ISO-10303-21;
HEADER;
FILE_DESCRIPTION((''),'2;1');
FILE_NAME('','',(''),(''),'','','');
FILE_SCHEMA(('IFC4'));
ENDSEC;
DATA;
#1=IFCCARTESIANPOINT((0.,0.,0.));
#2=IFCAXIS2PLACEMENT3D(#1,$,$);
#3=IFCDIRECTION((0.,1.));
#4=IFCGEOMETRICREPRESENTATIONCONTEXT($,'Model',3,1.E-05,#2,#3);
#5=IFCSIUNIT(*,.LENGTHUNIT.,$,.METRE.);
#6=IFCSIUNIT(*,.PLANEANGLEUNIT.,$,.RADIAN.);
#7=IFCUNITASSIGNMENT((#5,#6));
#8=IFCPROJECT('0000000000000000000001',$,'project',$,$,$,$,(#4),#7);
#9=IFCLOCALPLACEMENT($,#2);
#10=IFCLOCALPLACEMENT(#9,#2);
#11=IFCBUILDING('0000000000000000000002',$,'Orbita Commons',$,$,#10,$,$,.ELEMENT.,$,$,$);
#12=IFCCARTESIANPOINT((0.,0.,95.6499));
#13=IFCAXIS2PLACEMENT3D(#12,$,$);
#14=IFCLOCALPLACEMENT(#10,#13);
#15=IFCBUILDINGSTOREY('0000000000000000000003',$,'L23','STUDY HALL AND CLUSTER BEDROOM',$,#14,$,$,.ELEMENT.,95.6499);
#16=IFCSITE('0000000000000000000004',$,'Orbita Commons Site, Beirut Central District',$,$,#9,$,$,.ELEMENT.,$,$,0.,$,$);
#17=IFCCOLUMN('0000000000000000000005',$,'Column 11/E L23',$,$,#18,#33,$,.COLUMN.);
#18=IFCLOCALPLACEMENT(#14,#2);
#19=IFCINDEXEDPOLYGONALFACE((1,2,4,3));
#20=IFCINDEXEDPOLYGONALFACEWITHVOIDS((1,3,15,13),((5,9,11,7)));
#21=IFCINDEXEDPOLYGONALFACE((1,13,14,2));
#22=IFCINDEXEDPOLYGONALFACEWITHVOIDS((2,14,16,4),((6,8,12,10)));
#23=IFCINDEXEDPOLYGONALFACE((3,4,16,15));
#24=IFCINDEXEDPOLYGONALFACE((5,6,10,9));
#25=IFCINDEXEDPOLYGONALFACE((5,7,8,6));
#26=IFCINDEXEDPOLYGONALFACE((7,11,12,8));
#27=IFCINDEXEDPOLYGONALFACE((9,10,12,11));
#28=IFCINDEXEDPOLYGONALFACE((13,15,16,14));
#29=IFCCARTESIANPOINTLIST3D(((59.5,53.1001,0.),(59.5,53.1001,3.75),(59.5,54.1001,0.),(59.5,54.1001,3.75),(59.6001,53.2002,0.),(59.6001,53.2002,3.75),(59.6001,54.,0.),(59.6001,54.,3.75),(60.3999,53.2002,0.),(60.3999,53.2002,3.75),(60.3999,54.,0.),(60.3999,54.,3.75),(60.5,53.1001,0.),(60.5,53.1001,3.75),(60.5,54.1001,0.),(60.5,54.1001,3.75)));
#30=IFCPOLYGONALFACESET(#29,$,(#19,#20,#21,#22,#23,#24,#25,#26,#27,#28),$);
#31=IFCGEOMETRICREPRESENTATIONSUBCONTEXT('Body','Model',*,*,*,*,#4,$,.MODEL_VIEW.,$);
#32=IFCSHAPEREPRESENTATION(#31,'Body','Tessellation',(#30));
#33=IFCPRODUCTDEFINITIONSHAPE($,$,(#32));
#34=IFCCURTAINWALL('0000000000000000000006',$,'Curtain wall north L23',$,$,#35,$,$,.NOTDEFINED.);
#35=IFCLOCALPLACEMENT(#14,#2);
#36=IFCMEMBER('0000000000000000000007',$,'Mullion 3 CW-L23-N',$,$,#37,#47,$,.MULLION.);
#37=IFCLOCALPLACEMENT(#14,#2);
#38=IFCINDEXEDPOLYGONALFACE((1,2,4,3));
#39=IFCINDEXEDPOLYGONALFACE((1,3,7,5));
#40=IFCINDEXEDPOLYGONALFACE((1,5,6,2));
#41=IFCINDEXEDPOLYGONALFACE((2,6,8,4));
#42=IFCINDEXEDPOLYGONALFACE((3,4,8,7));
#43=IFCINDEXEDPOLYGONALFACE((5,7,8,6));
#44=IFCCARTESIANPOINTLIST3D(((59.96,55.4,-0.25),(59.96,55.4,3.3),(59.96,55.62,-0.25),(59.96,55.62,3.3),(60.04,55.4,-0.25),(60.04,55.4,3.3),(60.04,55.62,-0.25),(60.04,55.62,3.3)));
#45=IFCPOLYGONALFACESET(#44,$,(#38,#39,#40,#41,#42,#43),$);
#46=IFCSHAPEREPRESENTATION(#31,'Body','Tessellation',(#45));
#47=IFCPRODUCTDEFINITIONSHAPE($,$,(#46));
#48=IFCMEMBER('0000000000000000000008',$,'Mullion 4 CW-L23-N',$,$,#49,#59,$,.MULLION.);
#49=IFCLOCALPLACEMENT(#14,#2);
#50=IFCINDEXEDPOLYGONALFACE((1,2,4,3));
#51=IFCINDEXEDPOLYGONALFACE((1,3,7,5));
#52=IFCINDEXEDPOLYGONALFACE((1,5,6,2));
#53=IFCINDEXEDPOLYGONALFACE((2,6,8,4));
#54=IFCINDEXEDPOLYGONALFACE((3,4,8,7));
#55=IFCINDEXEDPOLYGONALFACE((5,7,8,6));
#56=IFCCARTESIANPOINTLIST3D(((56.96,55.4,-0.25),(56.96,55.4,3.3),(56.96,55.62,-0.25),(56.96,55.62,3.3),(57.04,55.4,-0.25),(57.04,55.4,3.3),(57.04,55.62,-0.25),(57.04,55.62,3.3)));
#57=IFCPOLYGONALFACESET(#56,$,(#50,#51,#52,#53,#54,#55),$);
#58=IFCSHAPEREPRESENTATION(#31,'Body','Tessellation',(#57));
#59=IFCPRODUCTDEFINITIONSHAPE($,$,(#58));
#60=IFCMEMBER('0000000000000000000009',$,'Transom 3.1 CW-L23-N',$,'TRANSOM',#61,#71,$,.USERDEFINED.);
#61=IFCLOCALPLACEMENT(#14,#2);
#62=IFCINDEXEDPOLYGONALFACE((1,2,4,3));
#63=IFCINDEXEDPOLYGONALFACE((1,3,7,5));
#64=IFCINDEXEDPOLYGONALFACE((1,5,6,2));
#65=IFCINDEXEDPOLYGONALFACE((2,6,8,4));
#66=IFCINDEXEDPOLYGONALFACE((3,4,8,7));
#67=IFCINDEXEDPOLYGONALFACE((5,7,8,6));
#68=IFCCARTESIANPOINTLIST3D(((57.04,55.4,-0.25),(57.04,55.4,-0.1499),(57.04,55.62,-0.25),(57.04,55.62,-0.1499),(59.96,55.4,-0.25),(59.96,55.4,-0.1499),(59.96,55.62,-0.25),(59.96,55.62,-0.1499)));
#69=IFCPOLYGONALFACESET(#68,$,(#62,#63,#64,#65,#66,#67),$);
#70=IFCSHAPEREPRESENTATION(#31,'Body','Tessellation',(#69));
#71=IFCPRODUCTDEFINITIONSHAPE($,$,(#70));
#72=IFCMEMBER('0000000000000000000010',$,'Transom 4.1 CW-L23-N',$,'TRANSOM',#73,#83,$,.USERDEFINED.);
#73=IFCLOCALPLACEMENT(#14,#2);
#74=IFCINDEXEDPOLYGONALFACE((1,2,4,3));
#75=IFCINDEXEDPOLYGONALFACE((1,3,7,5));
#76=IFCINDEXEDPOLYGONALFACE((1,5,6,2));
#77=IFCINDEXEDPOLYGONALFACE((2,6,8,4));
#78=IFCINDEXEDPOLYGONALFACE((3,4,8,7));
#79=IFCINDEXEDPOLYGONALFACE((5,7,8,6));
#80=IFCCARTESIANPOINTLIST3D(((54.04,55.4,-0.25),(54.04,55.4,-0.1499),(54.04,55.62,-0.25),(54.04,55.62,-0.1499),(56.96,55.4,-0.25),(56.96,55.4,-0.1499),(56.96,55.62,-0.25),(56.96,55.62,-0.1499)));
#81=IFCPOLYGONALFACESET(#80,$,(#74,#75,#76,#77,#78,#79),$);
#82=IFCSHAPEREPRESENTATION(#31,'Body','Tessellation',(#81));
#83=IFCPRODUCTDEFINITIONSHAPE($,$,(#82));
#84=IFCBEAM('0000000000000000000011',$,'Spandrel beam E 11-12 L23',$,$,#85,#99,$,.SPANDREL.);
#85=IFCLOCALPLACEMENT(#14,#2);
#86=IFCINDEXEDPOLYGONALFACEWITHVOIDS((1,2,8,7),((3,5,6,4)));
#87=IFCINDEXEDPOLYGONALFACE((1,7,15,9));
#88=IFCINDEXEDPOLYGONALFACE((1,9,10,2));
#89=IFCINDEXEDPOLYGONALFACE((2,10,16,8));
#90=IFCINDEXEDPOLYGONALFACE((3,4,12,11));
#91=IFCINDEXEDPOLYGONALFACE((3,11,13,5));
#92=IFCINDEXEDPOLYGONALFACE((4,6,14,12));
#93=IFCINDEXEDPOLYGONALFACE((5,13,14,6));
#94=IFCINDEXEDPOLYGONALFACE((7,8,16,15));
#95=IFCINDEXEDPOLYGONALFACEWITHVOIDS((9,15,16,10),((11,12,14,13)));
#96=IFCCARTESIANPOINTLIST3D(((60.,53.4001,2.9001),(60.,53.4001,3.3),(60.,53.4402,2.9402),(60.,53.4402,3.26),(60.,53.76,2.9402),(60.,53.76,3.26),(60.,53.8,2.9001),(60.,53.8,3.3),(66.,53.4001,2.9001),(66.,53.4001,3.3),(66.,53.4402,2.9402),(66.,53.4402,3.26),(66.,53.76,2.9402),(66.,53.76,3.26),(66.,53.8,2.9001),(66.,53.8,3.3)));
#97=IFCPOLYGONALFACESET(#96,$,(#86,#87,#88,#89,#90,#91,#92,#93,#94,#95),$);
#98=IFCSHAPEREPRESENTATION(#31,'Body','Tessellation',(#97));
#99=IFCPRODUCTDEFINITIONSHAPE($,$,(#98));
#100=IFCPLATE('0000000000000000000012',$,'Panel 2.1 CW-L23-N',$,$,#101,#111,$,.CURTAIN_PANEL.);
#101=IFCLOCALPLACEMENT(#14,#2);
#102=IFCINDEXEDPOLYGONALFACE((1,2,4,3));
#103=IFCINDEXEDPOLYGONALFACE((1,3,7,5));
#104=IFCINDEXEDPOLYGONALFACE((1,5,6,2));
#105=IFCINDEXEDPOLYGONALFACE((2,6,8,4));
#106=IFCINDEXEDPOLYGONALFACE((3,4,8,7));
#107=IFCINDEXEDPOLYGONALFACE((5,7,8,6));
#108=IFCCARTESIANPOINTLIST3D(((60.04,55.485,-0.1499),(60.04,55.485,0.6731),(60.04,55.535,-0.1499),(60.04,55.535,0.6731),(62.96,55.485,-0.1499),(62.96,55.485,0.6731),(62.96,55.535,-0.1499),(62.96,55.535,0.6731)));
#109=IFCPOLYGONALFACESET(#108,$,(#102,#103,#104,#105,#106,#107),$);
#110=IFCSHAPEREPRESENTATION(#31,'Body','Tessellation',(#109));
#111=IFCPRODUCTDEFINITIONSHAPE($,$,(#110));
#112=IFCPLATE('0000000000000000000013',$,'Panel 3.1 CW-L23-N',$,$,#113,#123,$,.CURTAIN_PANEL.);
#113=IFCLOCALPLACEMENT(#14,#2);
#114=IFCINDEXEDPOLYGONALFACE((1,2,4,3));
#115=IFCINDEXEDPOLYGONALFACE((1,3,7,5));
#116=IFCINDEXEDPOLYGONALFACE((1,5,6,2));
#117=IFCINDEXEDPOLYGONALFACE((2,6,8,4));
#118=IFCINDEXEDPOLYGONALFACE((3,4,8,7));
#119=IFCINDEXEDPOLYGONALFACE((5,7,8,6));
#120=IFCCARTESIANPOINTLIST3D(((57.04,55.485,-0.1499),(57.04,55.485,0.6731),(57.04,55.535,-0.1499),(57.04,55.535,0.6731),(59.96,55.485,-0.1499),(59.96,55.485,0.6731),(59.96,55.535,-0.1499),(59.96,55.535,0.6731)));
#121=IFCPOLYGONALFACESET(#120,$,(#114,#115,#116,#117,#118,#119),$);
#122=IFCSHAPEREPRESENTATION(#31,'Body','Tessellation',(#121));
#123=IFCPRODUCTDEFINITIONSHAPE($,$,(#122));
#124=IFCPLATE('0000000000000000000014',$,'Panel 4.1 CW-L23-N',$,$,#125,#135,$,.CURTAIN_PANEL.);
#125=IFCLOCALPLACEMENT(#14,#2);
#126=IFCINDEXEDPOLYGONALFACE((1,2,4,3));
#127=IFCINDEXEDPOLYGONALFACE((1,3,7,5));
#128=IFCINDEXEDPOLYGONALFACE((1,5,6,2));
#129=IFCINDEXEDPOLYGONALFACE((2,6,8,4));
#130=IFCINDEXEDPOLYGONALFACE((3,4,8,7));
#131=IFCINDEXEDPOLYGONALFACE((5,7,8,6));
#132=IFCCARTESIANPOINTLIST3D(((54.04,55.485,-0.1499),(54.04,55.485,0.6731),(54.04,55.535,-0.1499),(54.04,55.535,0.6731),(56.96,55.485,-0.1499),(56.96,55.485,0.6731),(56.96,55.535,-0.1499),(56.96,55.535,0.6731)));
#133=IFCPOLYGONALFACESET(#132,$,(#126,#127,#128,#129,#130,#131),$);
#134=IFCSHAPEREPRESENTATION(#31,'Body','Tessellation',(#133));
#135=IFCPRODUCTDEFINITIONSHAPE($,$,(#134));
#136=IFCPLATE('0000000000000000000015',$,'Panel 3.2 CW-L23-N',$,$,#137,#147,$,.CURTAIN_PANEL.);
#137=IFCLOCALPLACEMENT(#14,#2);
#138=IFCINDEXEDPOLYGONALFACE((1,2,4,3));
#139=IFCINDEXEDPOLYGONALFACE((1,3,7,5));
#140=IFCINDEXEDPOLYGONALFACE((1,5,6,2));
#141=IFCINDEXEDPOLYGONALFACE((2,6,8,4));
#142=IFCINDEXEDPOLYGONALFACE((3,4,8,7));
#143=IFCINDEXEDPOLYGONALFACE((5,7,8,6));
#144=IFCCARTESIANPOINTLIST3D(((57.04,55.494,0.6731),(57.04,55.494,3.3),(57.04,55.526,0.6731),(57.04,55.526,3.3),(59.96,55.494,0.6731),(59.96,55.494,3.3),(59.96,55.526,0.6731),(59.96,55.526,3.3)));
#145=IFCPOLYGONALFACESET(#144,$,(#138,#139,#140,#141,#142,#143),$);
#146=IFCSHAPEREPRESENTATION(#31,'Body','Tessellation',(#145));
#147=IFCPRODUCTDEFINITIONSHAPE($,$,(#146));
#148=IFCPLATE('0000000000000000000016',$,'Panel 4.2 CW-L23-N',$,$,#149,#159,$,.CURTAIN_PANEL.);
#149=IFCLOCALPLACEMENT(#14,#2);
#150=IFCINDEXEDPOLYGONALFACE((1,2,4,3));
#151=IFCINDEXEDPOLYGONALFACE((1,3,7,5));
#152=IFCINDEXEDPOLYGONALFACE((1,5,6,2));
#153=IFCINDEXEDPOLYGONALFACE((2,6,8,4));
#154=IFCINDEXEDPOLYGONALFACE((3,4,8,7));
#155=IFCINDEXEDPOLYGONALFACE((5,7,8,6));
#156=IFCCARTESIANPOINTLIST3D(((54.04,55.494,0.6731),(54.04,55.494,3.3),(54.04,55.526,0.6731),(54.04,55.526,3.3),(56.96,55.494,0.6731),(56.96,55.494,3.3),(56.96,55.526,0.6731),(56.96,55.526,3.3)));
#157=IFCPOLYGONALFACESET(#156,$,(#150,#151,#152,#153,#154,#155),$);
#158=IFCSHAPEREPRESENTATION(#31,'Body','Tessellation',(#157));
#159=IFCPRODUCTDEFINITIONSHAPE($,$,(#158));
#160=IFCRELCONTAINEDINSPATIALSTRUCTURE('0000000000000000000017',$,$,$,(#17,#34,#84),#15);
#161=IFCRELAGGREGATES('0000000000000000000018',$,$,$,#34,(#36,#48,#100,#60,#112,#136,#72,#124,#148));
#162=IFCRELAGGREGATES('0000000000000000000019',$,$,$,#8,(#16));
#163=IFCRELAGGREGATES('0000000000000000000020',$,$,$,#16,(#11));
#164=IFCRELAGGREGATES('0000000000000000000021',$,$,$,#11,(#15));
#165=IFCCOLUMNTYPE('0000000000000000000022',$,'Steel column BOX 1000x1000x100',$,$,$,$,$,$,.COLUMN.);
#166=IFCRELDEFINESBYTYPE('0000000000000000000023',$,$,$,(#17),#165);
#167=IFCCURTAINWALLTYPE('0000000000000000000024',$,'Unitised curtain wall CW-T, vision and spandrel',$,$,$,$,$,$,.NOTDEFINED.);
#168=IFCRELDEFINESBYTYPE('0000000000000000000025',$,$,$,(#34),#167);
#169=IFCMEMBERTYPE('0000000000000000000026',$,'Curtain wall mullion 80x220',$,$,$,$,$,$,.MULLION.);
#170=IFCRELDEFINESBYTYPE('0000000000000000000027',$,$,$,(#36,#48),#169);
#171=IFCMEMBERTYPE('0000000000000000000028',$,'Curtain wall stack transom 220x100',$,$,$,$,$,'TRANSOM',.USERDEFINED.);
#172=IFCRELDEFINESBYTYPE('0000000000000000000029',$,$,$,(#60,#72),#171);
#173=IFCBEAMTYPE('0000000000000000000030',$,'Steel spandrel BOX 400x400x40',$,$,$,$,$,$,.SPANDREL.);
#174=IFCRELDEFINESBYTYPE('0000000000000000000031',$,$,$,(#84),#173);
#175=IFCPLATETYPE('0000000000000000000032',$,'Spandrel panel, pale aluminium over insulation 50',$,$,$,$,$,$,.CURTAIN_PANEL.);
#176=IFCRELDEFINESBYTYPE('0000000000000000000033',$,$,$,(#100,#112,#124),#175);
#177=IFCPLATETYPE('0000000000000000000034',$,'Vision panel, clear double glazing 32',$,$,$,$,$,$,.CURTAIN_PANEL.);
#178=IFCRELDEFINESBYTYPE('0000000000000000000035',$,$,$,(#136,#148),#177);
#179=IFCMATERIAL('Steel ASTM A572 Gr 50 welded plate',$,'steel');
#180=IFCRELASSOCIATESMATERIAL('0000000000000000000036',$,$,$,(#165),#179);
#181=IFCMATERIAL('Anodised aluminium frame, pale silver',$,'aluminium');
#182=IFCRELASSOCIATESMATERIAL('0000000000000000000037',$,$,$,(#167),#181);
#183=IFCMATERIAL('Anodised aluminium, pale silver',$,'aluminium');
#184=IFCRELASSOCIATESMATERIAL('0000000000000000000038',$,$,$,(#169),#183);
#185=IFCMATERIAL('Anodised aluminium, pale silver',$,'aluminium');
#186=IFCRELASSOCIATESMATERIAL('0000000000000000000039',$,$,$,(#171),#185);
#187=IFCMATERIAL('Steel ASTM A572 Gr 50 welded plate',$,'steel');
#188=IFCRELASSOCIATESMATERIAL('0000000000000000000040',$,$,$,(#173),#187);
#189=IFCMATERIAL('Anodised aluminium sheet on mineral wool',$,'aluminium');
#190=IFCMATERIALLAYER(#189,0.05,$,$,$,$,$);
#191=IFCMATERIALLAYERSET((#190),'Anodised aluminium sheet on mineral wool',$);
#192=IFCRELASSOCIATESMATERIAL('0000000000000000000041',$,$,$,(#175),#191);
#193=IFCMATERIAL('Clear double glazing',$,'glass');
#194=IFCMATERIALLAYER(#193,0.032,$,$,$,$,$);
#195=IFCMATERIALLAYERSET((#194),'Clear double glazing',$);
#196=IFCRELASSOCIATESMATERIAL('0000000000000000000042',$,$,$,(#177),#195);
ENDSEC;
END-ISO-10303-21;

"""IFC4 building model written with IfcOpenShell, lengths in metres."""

from ifc_helpers import new_model, si_unit, direction, frame, origin, origin_2d, place, context, subcontext, project, spatial, rectangle, hollow_rectangle, extrude, material, layer, layer_set, material_profile, profile_set, type_object, element, aggregate, save


model = new_model("IFC4")

# Units and contexts
model_context = context("Model", 3, precision=1e-05, world=origin(), true_north=direction((0.0, 1.0)))
body_context = subcontext(model_context, "Body", "Model", "MODEL_VIEW")
ifc_project = project(units=[si_unit("LENGTHUNIT", "METRE"), si_unit("PLANEANGLEUNIT", "RADIAN")], contexts=[model_context])

# Site, building, storey
site_placement = place(None, origin())
site = spatial("IfcSite", under=ifc_project, at=site_placement, Name="Orbita Commons Site, Beirut Central District", CompositionType="ELEMENT", RefElevation=0.0)
building_placement = place(site_placement, origin())
building = spatial("IfcBuilding", under=site, at=building_placement, Name="Orbita Commons", CompositionType="ELEMENT")
storey_placement = place(building_placement, frame((0.0, 0.0, 95.6499)))
storey = spatial("IfcBuildingStorey", under=building, at=storey_placement, Name="L23", Description="STUDY HALL AND CLUSTER BEDROOM", CompositionType="ELEMENT", Elevation=95.6499)

# Column
ifc_material_1 = material(Name="Steel ASTM A572 Gr 50 welded plate", Category="steel")
ifc_material_profile_1 = material_profile(ifc_material_1, hollow_rectangle(XDim=1.0, YDim=1.0, WallThickness=0.1001, at=origin_2d()), Name="BOX 1000x1000x100")
ifc_profile_set_1 = profile_set([ifc_material_profile_1], Name="Steel ASTM A572 Gr 50 welded plate")
column_type = type_object("IfcColumnType", Name="Steel column BOX 1000x1000x100", PredefinedType="COLUMN", material=ifc_profile_set_1)
column_placement = place(storey_placement, frame((60.0, 53.6001, 0.0), z_axis=(0.0, 0.0, 1.0), x_axis=(1.0, 0.0, 0.0)))
element("IfcColumn", 1, at=column_placement, inside=storey, type_object=column_type, Name="Column 11/E L23", PredefinedType="COLUMN", context=body_context, shape_type="SweptSolid", body=[
    extrude(hollow_rectangle(XDim=1.0, YDim=1.0, WallThickness=0.1001, at=origin_2d()), origin(), (0.0, 0.0, 1.0), 3.75),
])

# Curtain wall, members
ifc_material_2 = material(Name="Anodised aluminium frame, pale silver", Category="aluminium")
curtain_wall_type = type_object("IfcCurtainWallType", Name="Unitised curtain wall CW-T, vision and spandrel", PredefinedType="NOTDEFINED", material=ifc_material_2)
curtain_wall_placement = place(storey_placement, origin())
curtain_wall = element("IfcCurtainWall", 2, at=curtain_wall_placement, inside=storey, type_object=curtain_wall_type, Name="Curtain wall north L23", PredefinedType="NOTDEFINED")
ifc_material_3 = material(Name="Anodised aluminium, pale silver", Category="aluminium")
ifc_material_profile_2 = material_profile(ifc_material_3, rectangle(XDim=0.0801, YDim=0.22, at=origin_2d()), Name="AL 80x220")
ifc_profile_set_2 = profile_set([ifc_material_profile_2], Name="Anodised aluminium, pale silver")
member_type_1 = type_object("IfcMemberType", Name="Curtain wall mullion 80x220", PredefinedType="MULLION", material=ifc_profile_set_2)
member_1_placement = place(storey_placement, frame((60.0, 55.51, -0.25), z_axis=(0.0, 0.0, 1.0), x_axis=(-1.0, 0.0, 0.0)))
member_1 = element("IfcMember", 3, at=member_1_placement, type_object=member_type_1, Name="Mullion 3 CW-L23-N", PredefinedType="MULLION", context=body_context, shape_type="SweptSolid", body=[
    extrude(rectangle(XDim=0.0801, YDim=0.22, at=origin_2d()), origin(), (0.0, 0.0, 1.0), 3.55),
])
member_2_placement = place(storey_placement, frame((57.0, 55.51, -0.25), z_axis=(0.0, 0.0, 1.0), x_axis=(-1.0, 0.0, 0.0)))
member_2 = element("IfcMember", 4, at=member_2_placement, type_object=member_type_1, Name="Mullion 4 CW-L23-N", PredefinedType="MULLION", context=body_context, shape_type="SweptSolid", body=[
    extrude(rectangle(XDim=0.0801, YDim=0.22, at=origin_2d()), origin(), (0.0, 0.0, 1.0), 3.55),
])
ifc_material_4 = material(Name="Anodised aluminium, pale silver", Category="aluminium")
ifc_material_profile_3 = material_profile(ifc_material_4, rectangle(XDim=0.22, YDim=0.1001, at=origin_2d()), Name="AL 220x100")
ifc_profile_set_3 = profile_set([ifc_material_profile_3], Name="Anodised aluminium, pale silver")
member_type_2 = type_object("IfcMemberType", Name="Curtain wall stack transom 220x100", ElementType="TRANSOM", PredefinedType="USERDEFINED", material=ifc_profile_set_3)
member_3_placement = place(storey_placement, frame((59.96, 55.51, -0.2), z_axis=(-1.0, 0.0, 0.0), x_axis=(0.0, -1.0, 0.0)))
member_3 = element("IfcMember", 5, at=member_3_placement, type_object=member_type_2, Name="Transom 3.1 CW-L23-N", ObjectType="TRANSOM", PredefinedType="USERDEFINED", context=body_context, shape_type="SweptSolid", body=[
    extrude(rectangle(XDim=0.22, YDim=0.1001, at=origin_2d()), origin(), (0.0, 0.0, 1.0), 2.9199),
])
member_4_placement = place(storey_placement, frame((56.96, 55.51, -0.2), z_axis=(-1.0, 0.0, 0.0), x_axis=(0.0, -1.0, 0.0)))
member_4 = element("IfcMember", 6, at=member_4_placement, type_object=member_type_2, Name="Transom 4.1 CW-L23-N", ObjectType="TRANSOM", PredefinedType="USERDEFINED", context=body_context, shape_type="SweptSolid", body=[
    extrude(rectangle(XDim=0.22, YDim=0.1001, at=origin_2d()), origin(), (0.0, 0.0, 1.0), 2.9199),
])

# Beam
ifc_material_5 = material(Name="Steel ASTM A572 Gr 50 welded plate", Category="steel")
ifc_material_profile_4 = material_profile(ifc_material_5, hollow_rectangle(XDim=0.3999, YDim=0.3999, WallThickness=0.04, at=origin_2d()), Name="BOX 400x400x40")
ifc_profile_set_4 = profile_set([ifc_material_profile_4], Name="Steel ASTM A572 Gr 50 welded plate")
beam_type = type_object("IfcBeamType", Name="Steel spandrel BOX 400x400x40", PredefinedType="SPANDREL", material=ifc_profile_set_4)
beam_placement = place(storey_placement, frame((60.0, 53.6001, 3.1001), z_axis=(1.0, 0.0, 0.0), x_axis=(0.0, 1.0, 0.0)))
element("IfcBeam", 7, at=beam_placement, inside=storey, type_object=beam_type, Name="Spandrel beam E 11-12 L23", PredefinedType="SPANDREL", context=body_context, shape_type="SweptSolid", body=[
    extrude(hollow_rectangle(XDim=0.3999, YDim=0.3999, WallThickness=0.04, at=origin_2d()), origin(), (0.0, 0.0, 1.0), 6.0),
])

# Plates
ifc_material_6 = material(Name="Anodised aluminium sheet on mineral wool", Category="aluminium")
ifc_layer_1 = layer(ifc_material_6, 0.05)
ifc_layer_set_1 = layer_set([ifc_layer_1], Name="Anodised aluminium sheet on mineral wool")
plate_type_1 = type_object("IfcPlateType", Name="Spandrel panel, pale aluminium over insulation 50", PredefinedType="CURTAIN_PANEL", material=ifc_layer_set_1)
plate_1_placement = place(storey_placement, frame((61.5, 55.51, -0.1499), z_axis=(0.0, 0.0, 1.0), x_axis=(-1.0, 0.0, 0.0)))
plate_1 = element("IfcPlate", 8, at=plate_1_placement, type_object=plate_type_1, Name="Panel 2.1 CW-L23-N", PredefinedType="CURTAIN_PANEL", context=body_context, shape_type="SweptSolid", body=[
    extrude(rectangle(XDim=2.9199, YDim=0.05, at=origin_2d()), origin(), (0.0, 0.0, 1.0), 0.823),
])
plate_2_placement = place(storey_placement, frame((58.5, 55.51, -0.1499), z_axis=(0.0, 0.0, 1.0), x_axis=(-1.0, 0.0, 0.0)))
plate_2 = element("IfcPlate", 9, at=plate_2_placement, type_object=plate_type_1, Name="Panel 3.1 CW-L23-N", PredefinedType="CURTAIN_PANEL", context=body_context, shape_type="SweptSolid", body=[
    extrude(rectangle(XDim=2.9199, YDim=0.05, at=origin_2d()), origin(), (0.0, 0.0, 1.0), 0.823),
])
plate_3_placement = place(storey_placement, frame((55.5, 55.51, -0.1499), z_axis=(0.0, 0.0, 1.0), x_axis=(-1.0, 0.0, 0.0)))
plate_3 = element("IfcPlate", 10, at=plate_3_placement, type_object=plate_type_1, Name="Panel 4.1 CW-L23-N", PredefinedType="CURTAIN_PANEL", context=body_context, shape_type="SweptSolid", body=[
    extrude(rectangle(XDim=2.9199, YDim=0.05, at=origin_2d()), origin(), (0.0, 0.0, 1.0), 0.823),
])
ifc_material_7 = material(Name="Clear double glazing", Category="glass")
ifc_layer_2 = layer(ifc_material_7, 0.032)
ifc_layer_set_2 = layer_set([ifc_layer_2], Name="Clear double glazing")
plate_type_2 = type_object("IfcPlateType", Name="Vision panel, clear double glazing 32", PredefinedType="CURTAIN_PANEL", material=ifc_layer_set_2)
plate_4_placement = place(storey_placement, frame((58.5, 55.51, 0.6731), z_axis=(0.0, 0.0, 1.0), x_axis=(-1.0, 0.0, 0.0)))
plate_4 = element("IfcPlate", 11, at=plate_4_placement, type_object=plate_type_2, Name="Panel 3.2 CW-L23-N", PredefinedType="CURTAIN_PANEL", context=body_context, shape_type="SweptSolid", body=[
    extrude(rectangle(XDim=2.9199, YDim=0.032, at=origin_2d()), origin(), (0.0, 0.0, 1.0), 2.627),
])
plate_5_placement = place(storey_placement, frame((55.5, 55.51, 0.6731), z_axis=(0.0, 0.0, 1.0), x_axis=(-1.0, 0.0, 0.0)))
plate_5 = element("IfcPlate", 12, at=plate_5_placement, type_object=plate_type_2, Name="Panel 4.2 CW-L23-N", PredefinedType="CURTAIN_PANEL", context=body_context, shape_type="SweptSolid", body=[
    extrude(rectangle(XDim=2.9199, YDim=0.032, at=origin_2d()), origin(), (0.0, 0.0, 1.0), 2.627),
])
aggregate(curtain_wall, [member_1, member_2, plate_1, member_3, plate_2, plate_4, member_4, plate_3, plate_5])

save(model, "model.ifc")
